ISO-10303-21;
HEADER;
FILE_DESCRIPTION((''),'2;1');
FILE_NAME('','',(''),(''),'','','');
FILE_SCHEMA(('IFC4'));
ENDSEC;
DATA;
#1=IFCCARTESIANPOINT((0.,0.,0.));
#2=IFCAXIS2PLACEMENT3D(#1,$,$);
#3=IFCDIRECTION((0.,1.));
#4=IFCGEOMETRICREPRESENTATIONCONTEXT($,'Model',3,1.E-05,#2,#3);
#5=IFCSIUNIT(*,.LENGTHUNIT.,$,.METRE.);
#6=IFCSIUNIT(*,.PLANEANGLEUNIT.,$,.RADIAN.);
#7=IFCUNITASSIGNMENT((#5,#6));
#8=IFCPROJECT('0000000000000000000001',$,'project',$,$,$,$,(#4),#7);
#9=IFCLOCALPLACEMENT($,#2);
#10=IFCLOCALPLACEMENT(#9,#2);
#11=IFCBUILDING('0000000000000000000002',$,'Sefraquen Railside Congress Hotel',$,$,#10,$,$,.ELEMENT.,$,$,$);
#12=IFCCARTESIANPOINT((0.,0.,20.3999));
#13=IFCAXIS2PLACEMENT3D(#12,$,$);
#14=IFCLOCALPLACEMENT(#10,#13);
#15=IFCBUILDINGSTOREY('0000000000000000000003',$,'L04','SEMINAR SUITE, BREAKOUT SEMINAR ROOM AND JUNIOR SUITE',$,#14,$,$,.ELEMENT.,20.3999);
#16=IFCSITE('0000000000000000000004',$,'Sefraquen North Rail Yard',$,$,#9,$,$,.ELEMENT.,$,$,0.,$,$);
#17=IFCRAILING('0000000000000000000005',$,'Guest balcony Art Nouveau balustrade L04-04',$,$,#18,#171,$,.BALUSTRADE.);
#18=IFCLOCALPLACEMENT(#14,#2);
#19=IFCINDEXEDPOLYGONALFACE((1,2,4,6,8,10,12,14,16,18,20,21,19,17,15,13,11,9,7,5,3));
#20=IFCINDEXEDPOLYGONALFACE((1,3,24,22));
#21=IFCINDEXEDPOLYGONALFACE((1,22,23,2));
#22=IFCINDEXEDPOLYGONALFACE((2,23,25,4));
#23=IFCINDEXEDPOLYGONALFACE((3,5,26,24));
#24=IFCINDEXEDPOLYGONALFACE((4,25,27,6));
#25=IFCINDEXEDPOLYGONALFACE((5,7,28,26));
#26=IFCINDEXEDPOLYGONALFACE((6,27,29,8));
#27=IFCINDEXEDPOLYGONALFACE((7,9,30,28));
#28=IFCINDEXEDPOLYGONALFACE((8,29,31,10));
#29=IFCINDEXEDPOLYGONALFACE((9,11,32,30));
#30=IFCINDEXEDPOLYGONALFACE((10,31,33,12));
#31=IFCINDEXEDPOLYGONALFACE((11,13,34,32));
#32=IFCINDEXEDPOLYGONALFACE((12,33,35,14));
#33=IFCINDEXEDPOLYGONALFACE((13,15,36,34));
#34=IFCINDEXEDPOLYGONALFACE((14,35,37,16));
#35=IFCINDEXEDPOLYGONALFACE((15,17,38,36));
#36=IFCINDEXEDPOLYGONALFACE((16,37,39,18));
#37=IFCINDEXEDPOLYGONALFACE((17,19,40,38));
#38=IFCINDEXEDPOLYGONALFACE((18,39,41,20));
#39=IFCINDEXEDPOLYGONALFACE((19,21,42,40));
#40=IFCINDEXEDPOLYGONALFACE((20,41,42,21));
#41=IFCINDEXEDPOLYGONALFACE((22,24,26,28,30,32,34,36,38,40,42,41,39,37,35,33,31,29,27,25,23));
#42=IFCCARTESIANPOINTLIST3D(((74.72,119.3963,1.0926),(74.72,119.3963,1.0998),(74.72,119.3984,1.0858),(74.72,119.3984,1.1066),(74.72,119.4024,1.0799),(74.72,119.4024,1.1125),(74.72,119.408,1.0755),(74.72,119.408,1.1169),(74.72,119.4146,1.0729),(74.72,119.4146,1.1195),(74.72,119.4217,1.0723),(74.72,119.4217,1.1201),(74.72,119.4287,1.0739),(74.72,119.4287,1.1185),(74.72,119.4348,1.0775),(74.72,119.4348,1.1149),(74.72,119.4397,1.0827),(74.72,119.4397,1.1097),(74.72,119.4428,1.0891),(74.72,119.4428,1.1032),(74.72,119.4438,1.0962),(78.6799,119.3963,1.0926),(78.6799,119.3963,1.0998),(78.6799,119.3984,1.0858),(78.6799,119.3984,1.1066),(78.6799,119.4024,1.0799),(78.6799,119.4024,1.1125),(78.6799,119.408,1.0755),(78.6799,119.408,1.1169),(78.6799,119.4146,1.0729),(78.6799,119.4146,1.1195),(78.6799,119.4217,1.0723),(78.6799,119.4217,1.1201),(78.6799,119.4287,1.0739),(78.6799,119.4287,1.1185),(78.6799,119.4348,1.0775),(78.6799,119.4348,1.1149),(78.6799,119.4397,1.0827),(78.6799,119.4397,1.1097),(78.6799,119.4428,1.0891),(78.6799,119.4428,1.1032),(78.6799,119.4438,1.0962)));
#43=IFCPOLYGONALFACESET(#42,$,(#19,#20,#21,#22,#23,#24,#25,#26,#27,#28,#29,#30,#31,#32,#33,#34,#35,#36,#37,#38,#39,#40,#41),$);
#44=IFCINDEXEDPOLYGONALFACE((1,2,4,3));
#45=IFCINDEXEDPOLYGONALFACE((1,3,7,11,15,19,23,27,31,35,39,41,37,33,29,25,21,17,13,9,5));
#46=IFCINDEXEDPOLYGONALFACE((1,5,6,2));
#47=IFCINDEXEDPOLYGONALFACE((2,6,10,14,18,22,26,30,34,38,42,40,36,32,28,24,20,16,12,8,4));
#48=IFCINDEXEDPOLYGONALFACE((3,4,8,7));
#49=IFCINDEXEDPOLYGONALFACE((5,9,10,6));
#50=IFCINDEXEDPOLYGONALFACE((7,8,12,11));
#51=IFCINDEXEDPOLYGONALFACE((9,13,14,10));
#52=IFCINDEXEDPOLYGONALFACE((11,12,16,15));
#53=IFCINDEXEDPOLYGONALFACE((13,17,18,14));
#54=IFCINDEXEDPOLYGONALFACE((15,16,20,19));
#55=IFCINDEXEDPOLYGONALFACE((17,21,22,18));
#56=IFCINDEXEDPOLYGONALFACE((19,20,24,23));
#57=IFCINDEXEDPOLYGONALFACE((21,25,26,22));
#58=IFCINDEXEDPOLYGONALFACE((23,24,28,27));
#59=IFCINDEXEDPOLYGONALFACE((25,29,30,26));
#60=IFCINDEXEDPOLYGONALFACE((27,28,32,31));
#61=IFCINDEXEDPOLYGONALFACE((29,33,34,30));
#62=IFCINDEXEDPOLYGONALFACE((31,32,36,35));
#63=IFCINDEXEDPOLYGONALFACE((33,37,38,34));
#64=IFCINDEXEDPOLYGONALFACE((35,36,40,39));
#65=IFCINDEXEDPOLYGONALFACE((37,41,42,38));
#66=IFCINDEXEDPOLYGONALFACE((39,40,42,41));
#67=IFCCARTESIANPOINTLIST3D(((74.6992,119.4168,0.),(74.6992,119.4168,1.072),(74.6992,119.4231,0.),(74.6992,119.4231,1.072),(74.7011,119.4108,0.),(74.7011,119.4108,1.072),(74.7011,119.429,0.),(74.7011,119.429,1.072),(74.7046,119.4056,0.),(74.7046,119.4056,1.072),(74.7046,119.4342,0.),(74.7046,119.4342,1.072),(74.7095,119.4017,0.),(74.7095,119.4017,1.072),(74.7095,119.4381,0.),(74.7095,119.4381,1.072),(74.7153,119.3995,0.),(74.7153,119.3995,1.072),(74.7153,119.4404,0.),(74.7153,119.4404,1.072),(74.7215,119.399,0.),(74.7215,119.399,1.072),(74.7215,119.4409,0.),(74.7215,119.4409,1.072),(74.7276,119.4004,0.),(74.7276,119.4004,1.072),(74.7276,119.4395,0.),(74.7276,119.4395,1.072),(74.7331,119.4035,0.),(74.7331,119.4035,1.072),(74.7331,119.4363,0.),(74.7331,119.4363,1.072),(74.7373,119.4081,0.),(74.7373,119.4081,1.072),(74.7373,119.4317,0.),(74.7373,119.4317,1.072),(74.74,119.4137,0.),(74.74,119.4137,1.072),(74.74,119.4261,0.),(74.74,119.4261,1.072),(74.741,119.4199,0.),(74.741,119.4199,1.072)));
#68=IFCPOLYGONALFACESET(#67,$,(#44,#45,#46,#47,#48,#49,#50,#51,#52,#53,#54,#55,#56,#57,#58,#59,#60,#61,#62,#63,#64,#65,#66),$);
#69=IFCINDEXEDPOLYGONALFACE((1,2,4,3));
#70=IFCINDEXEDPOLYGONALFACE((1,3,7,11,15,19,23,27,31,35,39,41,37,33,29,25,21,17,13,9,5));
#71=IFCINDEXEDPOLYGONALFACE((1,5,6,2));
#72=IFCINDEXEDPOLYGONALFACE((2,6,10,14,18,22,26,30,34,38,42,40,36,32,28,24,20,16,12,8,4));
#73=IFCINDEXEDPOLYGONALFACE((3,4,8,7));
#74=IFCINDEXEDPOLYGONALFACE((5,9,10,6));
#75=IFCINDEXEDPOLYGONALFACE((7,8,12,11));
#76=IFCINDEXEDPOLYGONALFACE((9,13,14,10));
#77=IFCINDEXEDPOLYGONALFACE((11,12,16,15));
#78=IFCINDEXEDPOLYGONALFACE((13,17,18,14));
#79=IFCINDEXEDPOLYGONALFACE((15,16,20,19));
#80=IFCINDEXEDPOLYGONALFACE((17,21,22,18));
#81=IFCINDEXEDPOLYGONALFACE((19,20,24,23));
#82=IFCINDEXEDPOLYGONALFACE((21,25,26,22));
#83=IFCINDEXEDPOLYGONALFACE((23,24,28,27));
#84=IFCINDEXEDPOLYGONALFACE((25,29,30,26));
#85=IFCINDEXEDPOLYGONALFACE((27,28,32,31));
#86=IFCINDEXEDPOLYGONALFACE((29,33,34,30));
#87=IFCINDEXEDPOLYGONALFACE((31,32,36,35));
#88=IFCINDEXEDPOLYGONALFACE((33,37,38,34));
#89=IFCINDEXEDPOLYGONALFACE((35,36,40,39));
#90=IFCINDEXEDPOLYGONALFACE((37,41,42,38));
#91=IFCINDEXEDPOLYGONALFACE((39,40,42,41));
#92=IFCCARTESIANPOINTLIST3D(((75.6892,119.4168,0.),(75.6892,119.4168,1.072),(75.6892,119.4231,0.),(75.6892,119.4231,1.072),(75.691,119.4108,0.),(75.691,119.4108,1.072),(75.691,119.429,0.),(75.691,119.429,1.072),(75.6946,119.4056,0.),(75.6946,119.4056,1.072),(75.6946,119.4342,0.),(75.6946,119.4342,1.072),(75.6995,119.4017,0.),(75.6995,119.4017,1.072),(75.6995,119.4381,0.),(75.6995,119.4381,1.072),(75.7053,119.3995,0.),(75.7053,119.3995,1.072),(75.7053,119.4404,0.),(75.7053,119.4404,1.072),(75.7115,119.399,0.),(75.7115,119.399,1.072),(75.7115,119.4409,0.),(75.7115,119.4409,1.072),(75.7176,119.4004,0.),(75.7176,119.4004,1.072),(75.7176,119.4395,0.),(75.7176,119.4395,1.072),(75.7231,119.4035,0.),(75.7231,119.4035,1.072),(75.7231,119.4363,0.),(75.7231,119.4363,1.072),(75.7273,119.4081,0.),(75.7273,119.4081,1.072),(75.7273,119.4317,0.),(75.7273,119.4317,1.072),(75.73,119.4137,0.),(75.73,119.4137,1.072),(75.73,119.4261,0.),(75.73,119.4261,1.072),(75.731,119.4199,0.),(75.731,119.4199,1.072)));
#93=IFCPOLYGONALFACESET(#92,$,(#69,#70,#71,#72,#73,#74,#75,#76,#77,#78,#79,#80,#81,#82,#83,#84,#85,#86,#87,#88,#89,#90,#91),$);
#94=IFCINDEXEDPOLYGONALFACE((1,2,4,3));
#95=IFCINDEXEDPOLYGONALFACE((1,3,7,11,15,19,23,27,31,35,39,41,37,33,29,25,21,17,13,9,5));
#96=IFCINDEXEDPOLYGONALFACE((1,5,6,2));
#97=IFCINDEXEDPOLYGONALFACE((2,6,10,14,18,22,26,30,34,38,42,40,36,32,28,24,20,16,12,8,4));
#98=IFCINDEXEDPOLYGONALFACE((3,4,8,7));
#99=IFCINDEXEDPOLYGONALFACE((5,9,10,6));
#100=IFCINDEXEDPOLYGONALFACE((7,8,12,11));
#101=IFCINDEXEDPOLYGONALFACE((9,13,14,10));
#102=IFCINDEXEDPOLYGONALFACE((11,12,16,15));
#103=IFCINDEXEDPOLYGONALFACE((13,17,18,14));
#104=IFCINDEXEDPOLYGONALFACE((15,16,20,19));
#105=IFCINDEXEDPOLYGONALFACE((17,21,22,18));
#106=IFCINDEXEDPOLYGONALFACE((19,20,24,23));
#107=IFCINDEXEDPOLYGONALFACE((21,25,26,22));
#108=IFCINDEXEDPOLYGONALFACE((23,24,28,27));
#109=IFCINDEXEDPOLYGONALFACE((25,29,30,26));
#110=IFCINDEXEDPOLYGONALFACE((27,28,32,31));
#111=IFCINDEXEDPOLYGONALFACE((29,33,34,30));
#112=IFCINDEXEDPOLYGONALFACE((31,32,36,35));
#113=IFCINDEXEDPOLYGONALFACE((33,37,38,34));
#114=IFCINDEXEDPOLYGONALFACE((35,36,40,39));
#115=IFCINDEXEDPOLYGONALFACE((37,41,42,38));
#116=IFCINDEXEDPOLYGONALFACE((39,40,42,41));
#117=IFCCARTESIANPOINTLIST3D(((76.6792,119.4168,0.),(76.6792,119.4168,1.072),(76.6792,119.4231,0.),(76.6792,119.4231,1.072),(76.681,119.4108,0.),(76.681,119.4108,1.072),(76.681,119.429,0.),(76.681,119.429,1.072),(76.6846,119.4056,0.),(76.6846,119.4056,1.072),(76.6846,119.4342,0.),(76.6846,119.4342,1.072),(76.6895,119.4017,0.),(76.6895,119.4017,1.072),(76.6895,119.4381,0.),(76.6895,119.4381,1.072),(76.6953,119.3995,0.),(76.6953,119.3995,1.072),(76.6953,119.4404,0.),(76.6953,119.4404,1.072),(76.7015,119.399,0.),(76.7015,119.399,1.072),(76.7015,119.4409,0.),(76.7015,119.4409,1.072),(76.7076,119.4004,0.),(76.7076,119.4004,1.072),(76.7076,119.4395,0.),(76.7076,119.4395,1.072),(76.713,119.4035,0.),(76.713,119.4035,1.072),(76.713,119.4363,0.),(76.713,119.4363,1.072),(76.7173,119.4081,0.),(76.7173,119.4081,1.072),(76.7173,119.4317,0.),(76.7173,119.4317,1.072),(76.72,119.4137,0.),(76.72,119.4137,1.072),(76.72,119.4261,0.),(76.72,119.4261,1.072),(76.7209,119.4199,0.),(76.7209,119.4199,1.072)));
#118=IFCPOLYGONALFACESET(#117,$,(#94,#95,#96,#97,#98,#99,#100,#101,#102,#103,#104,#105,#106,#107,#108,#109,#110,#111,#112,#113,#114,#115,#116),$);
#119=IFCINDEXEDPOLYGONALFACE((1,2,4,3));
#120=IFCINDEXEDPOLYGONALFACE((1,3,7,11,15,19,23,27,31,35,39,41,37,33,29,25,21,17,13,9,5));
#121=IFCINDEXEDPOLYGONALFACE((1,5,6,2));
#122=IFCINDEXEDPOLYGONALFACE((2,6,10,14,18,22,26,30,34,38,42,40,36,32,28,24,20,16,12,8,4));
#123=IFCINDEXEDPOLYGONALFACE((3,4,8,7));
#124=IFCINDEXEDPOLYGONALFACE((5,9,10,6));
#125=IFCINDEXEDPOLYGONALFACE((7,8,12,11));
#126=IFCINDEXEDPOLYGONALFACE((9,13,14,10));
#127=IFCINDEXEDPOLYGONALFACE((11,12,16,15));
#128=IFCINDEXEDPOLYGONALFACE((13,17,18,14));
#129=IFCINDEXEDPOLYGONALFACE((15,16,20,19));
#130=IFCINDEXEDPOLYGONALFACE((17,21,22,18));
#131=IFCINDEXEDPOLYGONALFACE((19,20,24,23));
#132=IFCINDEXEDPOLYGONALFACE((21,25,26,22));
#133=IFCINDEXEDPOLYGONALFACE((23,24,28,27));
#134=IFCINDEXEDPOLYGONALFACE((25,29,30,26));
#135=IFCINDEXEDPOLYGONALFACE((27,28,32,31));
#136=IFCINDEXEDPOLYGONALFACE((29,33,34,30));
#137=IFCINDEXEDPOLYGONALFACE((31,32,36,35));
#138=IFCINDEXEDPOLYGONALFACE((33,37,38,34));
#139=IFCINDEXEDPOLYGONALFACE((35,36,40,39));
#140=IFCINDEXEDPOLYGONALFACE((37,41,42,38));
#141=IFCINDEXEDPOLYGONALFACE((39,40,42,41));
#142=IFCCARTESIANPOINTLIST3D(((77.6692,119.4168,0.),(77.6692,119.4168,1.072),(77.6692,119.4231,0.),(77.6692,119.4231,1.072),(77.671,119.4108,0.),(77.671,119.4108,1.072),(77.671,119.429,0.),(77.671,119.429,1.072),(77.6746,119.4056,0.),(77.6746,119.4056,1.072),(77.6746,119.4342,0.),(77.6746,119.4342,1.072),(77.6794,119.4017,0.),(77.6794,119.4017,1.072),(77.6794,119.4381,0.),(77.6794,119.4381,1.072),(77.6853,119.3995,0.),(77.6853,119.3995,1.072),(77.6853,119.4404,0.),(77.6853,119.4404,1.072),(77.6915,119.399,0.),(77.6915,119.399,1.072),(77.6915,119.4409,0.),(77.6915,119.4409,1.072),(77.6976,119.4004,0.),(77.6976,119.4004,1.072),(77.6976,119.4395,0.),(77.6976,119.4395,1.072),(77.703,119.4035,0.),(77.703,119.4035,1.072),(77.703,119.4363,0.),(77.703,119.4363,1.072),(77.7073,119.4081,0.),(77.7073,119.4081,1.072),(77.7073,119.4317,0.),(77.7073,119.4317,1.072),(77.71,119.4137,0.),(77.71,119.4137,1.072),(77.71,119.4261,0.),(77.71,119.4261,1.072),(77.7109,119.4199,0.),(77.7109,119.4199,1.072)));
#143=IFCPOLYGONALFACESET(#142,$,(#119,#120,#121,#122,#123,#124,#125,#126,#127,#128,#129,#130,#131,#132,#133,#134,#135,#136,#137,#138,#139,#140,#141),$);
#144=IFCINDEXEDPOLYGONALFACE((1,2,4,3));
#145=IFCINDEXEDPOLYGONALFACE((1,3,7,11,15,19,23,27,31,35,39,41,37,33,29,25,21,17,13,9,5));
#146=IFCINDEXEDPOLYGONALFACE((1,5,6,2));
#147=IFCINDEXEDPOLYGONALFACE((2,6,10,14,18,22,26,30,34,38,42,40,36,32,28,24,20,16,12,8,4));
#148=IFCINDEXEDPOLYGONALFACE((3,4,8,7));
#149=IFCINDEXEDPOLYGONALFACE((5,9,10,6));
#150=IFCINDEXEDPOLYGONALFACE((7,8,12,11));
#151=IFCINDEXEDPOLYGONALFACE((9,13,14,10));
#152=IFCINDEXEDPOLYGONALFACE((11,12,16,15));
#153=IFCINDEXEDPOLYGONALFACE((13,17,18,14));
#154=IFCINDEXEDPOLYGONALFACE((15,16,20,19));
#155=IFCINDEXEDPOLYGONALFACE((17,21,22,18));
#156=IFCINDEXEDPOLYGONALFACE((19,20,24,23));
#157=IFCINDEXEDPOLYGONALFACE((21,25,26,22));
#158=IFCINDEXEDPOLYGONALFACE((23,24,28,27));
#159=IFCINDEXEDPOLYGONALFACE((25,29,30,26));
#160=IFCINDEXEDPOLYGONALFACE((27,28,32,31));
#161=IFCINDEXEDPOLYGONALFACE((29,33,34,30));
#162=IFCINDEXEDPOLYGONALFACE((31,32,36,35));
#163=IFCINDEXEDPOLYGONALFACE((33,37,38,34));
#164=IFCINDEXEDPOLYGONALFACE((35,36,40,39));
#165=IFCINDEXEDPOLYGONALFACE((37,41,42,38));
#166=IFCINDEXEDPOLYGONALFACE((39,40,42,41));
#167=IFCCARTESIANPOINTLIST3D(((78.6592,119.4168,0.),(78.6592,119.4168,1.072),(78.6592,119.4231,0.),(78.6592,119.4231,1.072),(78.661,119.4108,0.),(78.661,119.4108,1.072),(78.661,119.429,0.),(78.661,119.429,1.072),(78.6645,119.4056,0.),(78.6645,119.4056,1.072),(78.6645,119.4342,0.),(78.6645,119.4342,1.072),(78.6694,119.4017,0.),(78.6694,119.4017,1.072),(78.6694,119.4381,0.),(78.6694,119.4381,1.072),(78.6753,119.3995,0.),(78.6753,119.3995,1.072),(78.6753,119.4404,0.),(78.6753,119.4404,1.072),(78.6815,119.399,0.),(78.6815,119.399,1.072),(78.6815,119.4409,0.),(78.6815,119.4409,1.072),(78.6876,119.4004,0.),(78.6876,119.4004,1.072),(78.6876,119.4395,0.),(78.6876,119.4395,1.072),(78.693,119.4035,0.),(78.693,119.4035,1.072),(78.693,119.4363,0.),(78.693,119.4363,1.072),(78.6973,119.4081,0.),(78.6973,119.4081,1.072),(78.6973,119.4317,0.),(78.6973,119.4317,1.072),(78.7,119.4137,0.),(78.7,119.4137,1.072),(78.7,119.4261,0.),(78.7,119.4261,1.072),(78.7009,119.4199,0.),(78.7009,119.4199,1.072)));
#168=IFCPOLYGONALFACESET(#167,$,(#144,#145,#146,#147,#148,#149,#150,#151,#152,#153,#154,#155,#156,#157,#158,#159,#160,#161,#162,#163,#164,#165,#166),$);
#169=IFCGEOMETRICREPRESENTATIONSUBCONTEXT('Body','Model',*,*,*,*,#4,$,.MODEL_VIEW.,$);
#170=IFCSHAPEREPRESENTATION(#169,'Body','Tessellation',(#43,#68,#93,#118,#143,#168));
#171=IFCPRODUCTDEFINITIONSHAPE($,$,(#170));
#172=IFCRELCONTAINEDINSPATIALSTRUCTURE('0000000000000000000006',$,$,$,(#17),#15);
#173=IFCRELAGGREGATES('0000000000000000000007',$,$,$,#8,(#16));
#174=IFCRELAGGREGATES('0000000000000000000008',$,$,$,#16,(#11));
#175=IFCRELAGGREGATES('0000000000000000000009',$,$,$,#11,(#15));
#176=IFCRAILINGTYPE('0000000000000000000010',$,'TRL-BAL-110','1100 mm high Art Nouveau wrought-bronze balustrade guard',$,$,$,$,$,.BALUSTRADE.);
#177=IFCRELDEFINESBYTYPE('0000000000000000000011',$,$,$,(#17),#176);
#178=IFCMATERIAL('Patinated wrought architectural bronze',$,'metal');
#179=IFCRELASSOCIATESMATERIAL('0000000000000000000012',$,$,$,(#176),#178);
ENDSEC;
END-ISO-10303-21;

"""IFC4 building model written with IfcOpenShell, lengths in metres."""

from ifc_helpers import new_model, si_unit, direction, frame, origin, origin_2d, place, context, subcontext, project, spatial, circle, extrude, material, type_object, element, save


model = new_model("IFC4")

# Units and contexts
model_context = context("Model", 3, precision=1e-05, world=origin(), true_north=direction((0.0, 1.0)))
body_context = subcontext(model_context, "Body", "Model", "MODEL_VIEW")
ifc_project = project(units=[si_unit("LENGTHUNIT", "METRE"), si_unit("PLANEANGLEUNIT", "RADIAN")], contexts=[model_context])

# Site, building, storey
site_placement = place(None, origin())
site = spatial("IfcSite", under=ifc_project, at=site_placement, Name="Sefraquen North Rail Yard", CompositionType="ELEMENT", RefElevation=0.0)
building_placement = place(site_placement, origin())
building = spatial("IfcBuilding", under=site, at=building_placement, Name="Sefraquen Railside Congress Hotel", CompositionType="ELEMENT")
storey_placement = place(building_placement, frame((0.0, 0.0, 20.3999)))
storey = spatial("IfcBuildingStorey", under=building, at=storey_placement, Name="L04", Description="SEMINAR SUITE, BREAKOUT SEMINAR ROOM AND JUNIOR SUITE", CompositionType="ELEMENT", Elevation=20.3999)

# Railing
ifc_material_1 = material(Name="Patinated wrought architectural bronze", Category="metal")
railing_type = type_object("IfcRailingType", Name="TRL-BAL-110", Description="1100 mm high Art Nouveau wrought-bronze balustrade guard", PredefinedType="BALUSTRADE", material=ifc_material_1)
railing_1_placement = place(storey_placement, frame((74.72, 119.4199, 0.0)))
element("IfcRailing", 1, at=railing_1_placement, inside=storey, type_object=railing_type, Name="Guest balcony Art Nouveau balustrade L04-04", PredefinedType="BALUSTRADE", context=body_context, shape_type="SweptSolid", body=[
    extrude(circle(Radius=0.0239, at=origin_2d()), frame((0.0, 0.0, 1.0962), z_axis=(1.0, 0.0, 0.0), x_axis=(0.0, 1.0, 0.0)), (0.0, 0.0, 1.0), 3.96),
    extrude(circle(Radius=0.021, at=origin_2d()), origin(), (0.0, 0.0, 1.0), 1.072),
    extrude(circle(Radius=0.021, at=origin_2d()), frame((0.99, 0.0, 0.0)), (0.0, 0.0, 1.0), 1.072),
    extrude(circle(Radius=0.021, at=origin_2d()), frame((1.98, 0.0, 0.0)), (0.0, 0.0, 1.0), 1.072),
    extrude(circle(Radius=0.021, at=origin_2d()), frame((2.97, 0.0, 0.0)), (0.0, 0.0, 1.0), 1.072),
    extrude(circle(Radius=0.021, at=origin_2d()), frame((3.96, 0.0, 0.0)), (0.0, 0.0, 1.0), 1.072),
])

save(model, "model.ifc")
